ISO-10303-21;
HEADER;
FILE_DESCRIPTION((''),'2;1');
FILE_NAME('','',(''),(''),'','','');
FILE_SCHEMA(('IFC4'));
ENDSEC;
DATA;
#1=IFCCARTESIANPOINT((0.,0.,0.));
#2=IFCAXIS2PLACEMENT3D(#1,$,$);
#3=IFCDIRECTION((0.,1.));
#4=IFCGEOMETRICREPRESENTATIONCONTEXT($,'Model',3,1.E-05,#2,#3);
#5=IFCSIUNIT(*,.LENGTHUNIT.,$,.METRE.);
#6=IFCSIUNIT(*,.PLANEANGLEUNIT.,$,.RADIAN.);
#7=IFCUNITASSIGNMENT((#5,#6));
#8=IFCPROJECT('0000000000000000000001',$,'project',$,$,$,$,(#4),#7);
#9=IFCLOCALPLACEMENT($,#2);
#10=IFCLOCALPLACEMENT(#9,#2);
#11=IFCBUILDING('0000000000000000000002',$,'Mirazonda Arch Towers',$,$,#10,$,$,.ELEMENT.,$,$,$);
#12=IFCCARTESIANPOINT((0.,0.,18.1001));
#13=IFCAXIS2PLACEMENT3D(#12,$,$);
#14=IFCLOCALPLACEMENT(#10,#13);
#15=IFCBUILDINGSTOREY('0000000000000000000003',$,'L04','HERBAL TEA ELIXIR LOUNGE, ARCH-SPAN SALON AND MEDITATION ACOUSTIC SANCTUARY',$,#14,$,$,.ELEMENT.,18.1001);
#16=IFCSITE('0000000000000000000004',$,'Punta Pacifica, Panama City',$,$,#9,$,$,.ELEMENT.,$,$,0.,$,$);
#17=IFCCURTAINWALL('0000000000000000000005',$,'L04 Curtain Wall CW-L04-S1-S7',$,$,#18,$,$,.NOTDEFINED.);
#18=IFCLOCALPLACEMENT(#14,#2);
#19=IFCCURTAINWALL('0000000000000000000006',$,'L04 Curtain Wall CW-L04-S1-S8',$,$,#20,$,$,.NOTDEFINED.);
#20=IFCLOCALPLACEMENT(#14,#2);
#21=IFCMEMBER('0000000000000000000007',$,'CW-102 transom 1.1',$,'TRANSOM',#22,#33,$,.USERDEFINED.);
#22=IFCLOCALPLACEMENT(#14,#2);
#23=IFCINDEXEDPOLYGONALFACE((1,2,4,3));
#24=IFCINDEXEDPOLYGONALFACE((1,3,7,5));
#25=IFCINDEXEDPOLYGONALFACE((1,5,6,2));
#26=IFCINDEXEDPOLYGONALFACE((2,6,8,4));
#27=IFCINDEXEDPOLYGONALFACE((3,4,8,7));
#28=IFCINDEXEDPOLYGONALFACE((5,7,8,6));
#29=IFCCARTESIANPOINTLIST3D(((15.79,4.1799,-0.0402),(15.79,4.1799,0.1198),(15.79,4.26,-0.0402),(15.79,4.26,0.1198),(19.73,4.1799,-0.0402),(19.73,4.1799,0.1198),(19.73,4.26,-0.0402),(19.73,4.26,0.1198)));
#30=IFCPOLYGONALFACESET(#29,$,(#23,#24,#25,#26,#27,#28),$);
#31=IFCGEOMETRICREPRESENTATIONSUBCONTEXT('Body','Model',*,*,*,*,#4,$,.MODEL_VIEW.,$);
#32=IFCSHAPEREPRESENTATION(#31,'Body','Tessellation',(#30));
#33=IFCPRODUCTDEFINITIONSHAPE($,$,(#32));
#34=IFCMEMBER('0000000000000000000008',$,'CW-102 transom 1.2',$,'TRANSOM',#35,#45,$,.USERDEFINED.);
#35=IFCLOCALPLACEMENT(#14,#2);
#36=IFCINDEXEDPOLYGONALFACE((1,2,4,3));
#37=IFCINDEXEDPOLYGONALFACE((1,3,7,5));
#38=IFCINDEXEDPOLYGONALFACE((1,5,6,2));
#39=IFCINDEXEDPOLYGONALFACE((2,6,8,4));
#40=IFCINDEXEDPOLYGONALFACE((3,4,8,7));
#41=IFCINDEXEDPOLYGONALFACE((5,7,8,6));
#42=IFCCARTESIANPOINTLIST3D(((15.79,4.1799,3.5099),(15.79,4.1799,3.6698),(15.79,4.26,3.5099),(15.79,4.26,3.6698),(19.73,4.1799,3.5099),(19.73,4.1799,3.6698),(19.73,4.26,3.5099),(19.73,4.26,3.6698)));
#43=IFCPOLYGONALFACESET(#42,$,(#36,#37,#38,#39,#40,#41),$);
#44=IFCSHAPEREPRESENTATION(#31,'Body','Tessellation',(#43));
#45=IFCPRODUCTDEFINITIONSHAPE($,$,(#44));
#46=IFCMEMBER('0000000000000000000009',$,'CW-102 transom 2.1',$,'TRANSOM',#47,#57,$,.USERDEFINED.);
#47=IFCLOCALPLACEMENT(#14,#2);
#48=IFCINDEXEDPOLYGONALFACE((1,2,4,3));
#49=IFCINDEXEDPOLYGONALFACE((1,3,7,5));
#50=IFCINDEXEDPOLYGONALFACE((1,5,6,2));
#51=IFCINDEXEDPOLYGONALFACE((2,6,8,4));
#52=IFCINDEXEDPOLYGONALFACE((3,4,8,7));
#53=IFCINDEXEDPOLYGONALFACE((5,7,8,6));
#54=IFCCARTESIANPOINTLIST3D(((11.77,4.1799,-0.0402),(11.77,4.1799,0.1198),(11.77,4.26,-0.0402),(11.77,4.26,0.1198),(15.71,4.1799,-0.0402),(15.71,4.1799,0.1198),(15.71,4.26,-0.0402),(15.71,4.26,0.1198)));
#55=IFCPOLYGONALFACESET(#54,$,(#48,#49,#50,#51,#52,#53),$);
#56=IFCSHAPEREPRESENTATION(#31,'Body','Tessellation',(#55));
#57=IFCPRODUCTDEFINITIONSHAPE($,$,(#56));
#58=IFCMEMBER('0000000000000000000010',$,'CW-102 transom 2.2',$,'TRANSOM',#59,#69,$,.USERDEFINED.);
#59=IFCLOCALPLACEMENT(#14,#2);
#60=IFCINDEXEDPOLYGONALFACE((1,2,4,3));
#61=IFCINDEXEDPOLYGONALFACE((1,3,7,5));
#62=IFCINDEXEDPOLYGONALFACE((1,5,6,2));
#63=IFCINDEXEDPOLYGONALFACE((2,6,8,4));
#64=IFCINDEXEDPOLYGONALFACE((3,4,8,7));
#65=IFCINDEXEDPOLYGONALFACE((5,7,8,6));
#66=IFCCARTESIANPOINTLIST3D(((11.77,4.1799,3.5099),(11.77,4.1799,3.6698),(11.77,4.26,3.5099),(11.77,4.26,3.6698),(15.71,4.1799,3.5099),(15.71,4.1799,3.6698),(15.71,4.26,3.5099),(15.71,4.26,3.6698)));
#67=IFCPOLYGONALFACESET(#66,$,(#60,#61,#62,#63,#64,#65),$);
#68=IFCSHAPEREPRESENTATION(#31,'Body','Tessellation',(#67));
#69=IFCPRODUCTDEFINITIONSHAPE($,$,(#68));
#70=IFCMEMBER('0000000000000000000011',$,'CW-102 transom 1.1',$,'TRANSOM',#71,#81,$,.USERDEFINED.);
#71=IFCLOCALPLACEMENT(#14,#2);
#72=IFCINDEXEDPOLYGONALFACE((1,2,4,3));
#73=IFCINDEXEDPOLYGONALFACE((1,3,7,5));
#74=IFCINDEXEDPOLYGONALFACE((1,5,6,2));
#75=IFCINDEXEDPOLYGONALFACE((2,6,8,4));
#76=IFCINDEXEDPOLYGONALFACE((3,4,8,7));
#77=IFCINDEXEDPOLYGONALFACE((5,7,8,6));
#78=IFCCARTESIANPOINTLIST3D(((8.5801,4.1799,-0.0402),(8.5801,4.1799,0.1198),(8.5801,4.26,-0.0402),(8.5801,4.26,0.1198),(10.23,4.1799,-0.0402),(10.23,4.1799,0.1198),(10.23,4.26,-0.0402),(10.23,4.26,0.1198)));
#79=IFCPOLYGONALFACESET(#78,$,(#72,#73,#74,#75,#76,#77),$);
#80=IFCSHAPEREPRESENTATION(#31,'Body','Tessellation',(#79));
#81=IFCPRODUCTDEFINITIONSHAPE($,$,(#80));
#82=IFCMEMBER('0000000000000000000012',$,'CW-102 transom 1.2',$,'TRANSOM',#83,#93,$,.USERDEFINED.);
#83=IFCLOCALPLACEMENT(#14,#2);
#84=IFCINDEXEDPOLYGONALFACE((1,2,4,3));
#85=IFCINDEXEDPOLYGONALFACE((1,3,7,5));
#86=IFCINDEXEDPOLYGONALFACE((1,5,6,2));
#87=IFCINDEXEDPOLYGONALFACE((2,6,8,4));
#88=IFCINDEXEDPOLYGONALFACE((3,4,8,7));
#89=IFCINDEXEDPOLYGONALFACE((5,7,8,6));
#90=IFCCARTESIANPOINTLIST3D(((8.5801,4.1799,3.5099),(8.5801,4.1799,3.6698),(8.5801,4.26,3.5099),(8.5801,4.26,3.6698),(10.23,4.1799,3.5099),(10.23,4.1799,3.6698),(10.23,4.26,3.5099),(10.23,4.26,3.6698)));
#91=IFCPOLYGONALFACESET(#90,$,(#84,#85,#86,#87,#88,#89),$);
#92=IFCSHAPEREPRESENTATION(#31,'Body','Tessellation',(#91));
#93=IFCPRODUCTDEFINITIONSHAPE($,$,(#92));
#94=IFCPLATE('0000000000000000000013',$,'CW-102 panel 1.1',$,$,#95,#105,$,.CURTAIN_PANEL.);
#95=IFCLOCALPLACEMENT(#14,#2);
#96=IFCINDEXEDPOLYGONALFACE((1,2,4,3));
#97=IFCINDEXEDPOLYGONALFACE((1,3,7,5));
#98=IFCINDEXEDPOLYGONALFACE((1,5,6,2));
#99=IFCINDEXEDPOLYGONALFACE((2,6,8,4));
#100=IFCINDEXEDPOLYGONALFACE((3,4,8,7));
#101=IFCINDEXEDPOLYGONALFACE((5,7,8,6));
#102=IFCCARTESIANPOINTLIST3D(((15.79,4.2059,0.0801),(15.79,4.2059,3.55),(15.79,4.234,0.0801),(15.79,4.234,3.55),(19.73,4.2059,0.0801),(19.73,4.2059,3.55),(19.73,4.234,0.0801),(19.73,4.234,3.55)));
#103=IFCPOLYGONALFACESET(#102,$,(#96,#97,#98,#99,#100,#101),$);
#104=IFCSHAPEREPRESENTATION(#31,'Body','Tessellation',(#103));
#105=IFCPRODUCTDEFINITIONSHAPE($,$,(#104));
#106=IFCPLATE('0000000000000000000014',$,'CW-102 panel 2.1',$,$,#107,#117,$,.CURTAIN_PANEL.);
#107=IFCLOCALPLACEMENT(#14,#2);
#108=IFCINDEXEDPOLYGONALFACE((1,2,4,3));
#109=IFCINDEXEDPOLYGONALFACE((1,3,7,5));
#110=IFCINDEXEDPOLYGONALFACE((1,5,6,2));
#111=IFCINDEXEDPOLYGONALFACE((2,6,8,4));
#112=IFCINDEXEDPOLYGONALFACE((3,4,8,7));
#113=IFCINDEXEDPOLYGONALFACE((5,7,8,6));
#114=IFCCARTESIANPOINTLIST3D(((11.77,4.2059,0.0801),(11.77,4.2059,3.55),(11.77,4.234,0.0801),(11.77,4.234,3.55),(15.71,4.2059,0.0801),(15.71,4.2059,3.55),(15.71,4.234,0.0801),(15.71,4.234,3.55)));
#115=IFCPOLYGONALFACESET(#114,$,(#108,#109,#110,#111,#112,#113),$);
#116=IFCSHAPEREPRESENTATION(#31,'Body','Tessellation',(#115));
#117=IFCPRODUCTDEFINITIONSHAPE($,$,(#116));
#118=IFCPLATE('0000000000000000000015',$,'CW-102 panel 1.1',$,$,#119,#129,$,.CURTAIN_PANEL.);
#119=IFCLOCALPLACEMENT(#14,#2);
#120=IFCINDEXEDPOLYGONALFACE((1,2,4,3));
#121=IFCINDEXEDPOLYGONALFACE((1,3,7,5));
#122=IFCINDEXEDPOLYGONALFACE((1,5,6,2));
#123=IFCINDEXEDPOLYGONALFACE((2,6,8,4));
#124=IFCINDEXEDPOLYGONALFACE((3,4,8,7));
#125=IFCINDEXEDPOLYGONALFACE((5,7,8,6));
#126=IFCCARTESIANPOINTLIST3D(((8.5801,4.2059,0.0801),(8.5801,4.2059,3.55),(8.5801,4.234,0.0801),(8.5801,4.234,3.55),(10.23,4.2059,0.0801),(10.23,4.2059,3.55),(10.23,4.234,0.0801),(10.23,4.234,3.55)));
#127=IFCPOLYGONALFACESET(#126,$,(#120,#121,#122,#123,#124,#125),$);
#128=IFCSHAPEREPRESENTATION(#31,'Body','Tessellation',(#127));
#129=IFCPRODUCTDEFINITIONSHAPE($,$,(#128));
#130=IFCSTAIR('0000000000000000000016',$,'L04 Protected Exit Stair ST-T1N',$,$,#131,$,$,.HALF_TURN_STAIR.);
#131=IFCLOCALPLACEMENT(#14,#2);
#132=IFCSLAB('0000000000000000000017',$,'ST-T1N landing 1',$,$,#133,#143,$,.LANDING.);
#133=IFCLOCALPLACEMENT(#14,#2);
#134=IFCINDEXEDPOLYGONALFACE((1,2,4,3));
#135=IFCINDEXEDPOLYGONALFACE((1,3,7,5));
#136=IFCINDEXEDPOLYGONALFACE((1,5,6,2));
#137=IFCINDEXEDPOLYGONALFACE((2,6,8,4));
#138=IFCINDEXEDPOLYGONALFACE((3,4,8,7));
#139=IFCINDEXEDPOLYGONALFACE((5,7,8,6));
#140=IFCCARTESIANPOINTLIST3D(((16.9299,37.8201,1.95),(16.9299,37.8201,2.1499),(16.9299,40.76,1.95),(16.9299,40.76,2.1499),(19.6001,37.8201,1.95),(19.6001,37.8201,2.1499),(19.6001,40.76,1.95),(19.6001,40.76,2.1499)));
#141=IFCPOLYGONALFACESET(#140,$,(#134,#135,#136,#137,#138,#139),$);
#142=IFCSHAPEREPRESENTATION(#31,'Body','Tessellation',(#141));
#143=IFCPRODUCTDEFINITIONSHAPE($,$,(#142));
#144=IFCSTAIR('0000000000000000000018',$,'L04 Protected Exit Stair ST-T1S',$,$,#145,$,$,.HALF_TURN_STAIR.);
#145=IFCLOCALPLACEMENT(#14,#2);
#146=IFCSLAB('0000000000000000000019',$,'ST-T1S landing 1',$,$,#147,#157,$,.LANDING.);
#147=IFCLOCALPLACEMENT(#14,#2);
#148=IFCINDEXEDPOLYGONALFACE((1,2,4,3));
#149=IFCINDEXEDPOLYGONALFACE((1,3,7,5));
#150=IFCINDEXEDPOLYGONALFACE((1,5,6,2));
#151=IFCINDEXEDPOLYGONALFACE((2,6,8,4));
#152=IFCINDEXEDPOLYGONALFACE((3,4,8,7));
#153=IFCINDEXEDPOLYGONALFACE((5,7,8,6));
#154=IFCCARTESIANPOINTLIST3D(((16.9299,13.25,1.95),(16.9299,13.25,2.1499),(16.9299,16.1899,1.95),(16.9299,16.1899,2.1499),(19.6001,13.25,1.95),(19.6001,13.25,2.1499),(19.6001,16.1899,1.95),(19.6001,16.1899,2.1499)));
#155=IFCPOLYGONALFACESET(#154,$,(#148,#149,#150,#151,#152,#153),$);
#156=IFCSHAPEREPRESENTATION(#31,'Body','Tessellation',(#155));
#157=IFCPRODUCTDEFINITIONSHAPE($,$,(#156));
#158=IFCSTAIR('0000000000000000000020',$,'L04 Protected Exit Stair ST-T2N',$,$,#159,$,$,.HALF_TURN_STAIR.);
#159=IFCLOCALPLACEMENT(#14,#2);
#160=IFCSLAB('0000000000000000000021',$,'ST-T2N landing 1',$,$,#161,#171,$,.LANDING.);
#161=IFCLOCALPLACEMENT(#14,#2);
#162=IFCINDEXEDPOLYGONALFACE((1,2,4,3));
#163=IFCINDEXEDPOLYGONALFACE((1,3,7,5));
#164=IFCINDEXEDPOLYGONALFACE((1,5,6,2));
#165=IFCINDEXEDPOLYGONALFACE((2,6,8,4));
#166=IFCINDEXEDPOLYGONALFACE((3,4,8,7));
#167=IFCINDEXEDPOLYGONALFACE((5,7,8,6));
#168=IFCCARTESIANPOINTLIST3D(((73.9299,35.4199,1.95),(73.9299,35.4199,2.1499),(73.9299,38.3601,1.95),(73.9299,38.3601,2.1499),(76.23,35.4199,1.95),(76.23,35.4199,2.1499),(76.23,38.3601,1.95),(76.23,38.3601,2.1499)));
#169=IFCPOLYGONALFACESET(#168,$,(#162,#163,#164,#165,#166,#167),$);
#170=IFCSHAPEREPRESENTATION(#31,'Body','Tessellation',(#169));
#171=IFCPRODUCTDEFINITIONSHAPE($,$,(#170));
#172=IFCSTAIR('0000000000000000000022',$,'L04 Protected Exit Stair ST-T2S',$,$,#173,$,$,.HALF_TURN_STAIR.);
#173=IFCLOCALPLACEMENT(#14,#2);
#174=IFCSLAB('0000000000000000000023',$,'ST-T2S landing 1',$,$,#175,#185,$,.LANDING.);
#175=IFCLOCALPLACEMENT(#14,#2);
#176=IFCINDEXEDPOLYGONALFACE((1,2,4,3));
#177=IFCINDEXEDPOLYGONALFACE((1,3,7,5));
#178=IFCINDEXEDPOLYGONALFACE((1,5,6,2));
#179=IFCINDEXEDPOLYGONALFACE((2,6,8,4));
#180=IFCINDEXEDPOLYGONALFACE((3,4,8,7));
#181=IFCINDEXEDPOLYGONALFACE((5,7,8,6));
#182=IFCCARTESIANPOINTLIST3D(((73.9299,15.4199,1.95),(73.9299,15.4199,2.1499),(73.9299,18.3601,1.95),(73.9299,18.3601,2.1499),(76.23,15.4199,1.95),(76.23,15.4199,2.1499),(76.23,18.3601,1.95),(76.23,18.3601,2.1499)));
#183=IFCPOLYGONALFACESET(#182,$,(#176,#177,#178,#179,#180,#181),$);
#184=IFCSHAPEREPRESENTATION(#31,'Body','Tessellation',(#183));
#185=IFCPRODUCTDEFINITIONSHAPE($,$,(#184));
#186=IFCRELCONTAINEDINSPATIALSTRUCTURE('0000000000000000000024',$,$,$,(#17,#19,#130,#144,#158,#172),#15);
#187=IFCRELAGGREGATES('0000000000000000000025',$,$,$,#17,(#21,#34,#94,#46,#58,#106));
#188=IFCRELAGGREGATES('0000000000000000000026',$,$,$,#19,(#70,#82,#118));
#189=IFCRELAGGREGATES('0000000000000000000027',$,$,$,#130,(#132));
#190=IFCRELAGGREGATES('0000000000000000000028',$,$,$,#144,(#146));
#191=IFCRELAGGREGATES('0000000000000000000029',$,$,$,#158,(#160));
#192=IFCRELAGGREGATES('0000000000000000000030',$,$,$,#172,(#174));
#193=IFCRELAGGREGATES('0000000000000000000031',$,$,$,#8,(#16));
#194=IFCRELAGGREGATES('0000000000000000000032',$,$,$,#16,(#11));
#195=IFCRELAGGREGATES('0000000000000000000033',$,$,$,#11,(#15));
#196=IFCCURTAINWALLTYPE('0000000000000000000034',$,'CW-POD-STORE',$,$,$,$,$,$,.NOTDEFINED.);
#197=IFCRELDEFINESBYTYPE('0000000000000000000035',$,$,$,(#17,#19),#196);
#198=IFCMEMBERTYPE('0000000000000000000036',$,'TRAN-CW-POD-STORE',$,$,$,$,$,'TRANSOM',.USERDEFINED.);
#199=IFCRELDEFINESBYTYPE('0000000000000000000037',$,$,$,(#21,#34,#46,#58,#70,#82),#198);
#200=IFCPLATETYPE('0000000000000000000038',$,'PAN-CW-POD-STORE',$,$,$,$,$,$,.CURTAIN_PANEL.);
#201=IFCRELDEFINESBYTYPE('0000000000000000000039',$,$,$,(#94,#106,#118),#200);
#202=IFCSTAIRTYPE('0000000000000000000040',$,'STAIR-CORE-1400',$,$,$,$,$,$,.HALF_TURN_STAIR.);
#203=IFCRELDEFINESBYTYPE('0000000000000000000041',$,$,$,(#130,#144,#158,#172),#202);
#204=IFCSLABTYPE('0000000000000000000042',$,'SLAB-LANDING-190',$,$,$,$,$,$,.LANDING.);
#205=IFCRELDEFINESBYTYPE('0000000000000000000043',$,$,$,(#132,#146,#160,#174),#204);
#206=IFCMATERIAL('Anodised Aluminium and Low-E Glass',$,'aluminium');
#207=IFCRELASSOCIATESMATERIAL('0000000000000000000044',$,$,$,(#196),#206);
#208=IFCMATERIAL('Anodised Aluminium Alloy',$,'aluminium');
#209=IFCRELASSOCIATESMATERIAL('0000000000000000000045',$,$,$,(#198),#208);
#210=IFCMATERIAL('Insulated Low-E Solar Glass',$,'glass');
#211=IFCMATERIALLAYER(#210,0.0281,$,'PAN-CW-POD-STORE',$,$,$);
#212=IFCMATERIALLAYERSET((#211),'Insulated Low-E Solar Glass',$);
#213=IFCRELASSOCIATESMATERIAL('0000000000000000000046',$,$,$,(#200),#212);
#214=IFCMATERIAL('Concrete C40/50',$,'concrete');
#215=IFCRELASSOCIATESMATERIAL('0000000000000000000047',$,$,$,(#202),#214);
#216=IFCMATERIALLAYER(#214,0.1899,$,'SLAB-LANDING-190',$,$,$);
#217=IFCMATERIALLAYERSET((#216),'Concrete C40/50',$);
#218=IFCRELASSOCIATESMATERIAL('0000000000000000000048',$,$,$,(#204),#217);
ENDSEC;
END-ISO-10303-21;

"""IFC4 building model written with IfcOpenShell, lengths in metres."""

from ifc_helpers import new_model, si_unit, direction, frame, origin, origin_2d, place, context, subcontext, project, spatial, polyline, rectangle, outline, extrude, material, layer, layer_set, material_profile, profile_set, type_object, element, aggregate, save


model = new_model("IFC4")

# Units and contexts
model_context = context("Model", 3, precision=1e-05, world=origin(), true_north=direction((0.0, 1.0)))
body_context = subcontext(model_context, "Body", "Model", "MODEL_VIEW")
ifc_project = project(units=[si_unit("LENGTHUNIT", "METRE"), si_unit("PLANEANGLEUNIT", "RADIAN")], contexts=[model_context])

# Site, building, storey
site_placement = place(None, origin())
site = spatial("IfcSite", under=ifc_project, at=site_placement, Name="Punta Pacifica, Panama City", CompositionType="ELEMENT", RefElevation=0.0)
building_placement = place(site_placement, origin())
building = spatial("IfcBuilding", under=site, at=building_placement, Name="Mirazonda Arch Towers", CompositionType="ELEMENT")
storey_placement = place(building_placement, frame((0.0, 0.0, 18.1001)))
storey = spatial("IfcBuildingStorey", under=building, at=storey_placement, Name="L04", Description="HERBAL TEA ELIXIR LOUNGE, ARCH-SPAN SALON AND MEDITATION ACOUSTIC SANCTUARY", CompositionType="ELEMENT", Elevation=18.1001)

# Curtain walls
ifc_material_1 = material(Name="Anodised Aluminium and Low-E Glass", Category="aluminium")
curtain_wall_type = type_object("IfcCurtainWallType", Name="CW-POD-STORE", PredefinedType="NOTDEFINED", material=ifc_material_1)
curtain_wall_1_placement = place(storey_placement, origin())
curtain_wall_1 = element("IfcCurtainWall", 1, at=curtain_wall_1_placement, inside=storey, type_object=curtain_wall_type, Name="L04 Curtain Wall CW-L04-S1-S7", PredefinedType="NOTDEFINED")
ifc_material_2 = material(Name="Anodised Aluminium Alloy", Category="aluminium")
curtain_wall_2_placement = place(storey_placement, origin())
curtain_wall_2 = element("IfcCurtainWall", 2, at=curtain_wall_2_placement, inside=storey, type_object=curtain_wall_type, Name="L04 Curtain Wall CW-L04-S1-S8", PredefinedType="NOTDEFINED")

# Members
ifc_material_profile_1 = material_profile(ifc_material_2, rectangle(XDim=0.0801, YDim=0.1599, at=origin_2d()), Name="ALU-TRAN-80x160")
ifc_profile_set_1 = profile_set([ifc_material_profile_1], Name="Anodised Aluminium Alloy")
member_type_1 = type_object("IfcMemberType", Name="TRAN-CW-POD-STORE", ElementType="TRANSOM", PredefinedType="USERDEFINED", material=ifc_profile_set_1)
member_1_placement = place(storey_placement, frame((19.73, 4.22, 0.0398), z_axis=(-1.0, 0.0, 0.0), x_axis=(0.0, -1.0, 0.0)))
member_1 = element("IfcMember", 3, at=member_1_placement, type_object=member_type_1, Name="CW-102 transom 1.1", ObjectType="TRANSOM", PredefinedType="USERDEFINED", context=body_context, shape_type="SweptSolid", body=[
    extrude(rectangle(XDim=0.0801, YDim=0.1599, at=origin_2d()), origin(), (0.0, 0.0, 1.0), 3.9399),
])
member_2_placement = place(storey_placement, frame((19.73, 4.22, 3.5898), z_axis=(-1.0, 0.0, 0.0), x_axis=(0.0, -1.0, 0.0)))
member_2 = element("IfcMember", 4, at=member_2_placement, type_object=member_type_1, Name="CW-102 transom 1.2", ObjectType="TRANSOM", PredefinedType="USERDEFINED", context=body_context, shape_type="SweptSolid", body=[
    extrude(rectangle(XDim=0.0801, YDim=0.1599, at=origin_2d()), origin(), (0.0, 0.0, 1.0), 3.9399),
])
member_3_placement = place(storey_placement, frame((15.71, 4.22, 0.0398), z_axis=(-1.0, 0.0, 0.0), x_axis=(0.0, -1.0, 0.0)))
member_3 = element("IfcMember", 5, at=member_3_placement, type_object=member_type_1, Name="CW-102 transom 2.1", ObjectType="TRANSOM", PredefinedType="USERDEFINED", context=body_context, shape_type="SweptSolid", body=[
    extrude(rectangle(XDim=0.0801, YDim=0.1599, at=origin_2d()), origin(), (0.0, 0.0, 1.0), 3.9399),
])
member_4_placement = place(storey_placement, frame((15.71, 4.22, 3.5898), z_axis=(-1.0, 0.0, 0.0), x_axis=(0.0, -1.0, 0.0)))
member_4 = element("IfcMember", 6, at=member_4_placement, type_object=member_type_1, Name="CW-102 transom 2.2", ObjectType="TRANSOM", PredefinedType="USERDEFINED", context=body_context, shape_type="SweptSolid", body=[
    extrude(rectangle(XDim=0.0801, YDim=0.1599, at=origin_2d()), origin(), (0.0, 0.0, 1.0), 3.9399),
])
member_5_placement = place(storey_placement, frame((10.23, 4.22, 0.0398), z_axis=(-1.0, 0.0, 0.0), x_axis=(0.0, -1.0, 0.0)))
member_5 = element("IfcMember", 7, at=member_5_placement, type_object=member_type_1, Name="CW-102 transom 1.1", ObjectType="TRANSOM", PredefinedType="USERDEFINED", context=body_context, shape_type="SweptSolid", body=[
    extrude(rectangle(XDim=0.0801, YDim=0.1599, at=origin_2d()), origin(), (0.0, 0.0, 1.0), 1.6499),
])
member_6_placement = place(storey_placement, frame((10.23, 4.22, 3.5898), z_axis=(-1.0, 0.0, 0.0), x_axis=(0.0, -1.0, 0.0)))
member_6 = element("IfcMember", 8, at=member_6_placement, type_object=member_type_1, Name="CW-102 transom 1.2", ObjectType="TRANSOM", PredefinedType="USERDEFINED", context=body_context, shape_type="SweptSolid", body=[
    extrude(rectangle(XDim=0.0801, YDim=0.1599, at=origin_2d()), origin(), (0.0, 0.0, 1.0), 1.6499),
])

# Plates
ifc_material_3 = material(Name="Insulated Low-E Solar Glass", Category="glass")
ifc_layer_1 = layer(ifc_material_3, 0.0281, Name="PAN-CW-POD-STORE")
ifc_layer_set_1 = layer_set([ifc_layer_1], Name="Insulated Low-E Solar Glass")
plate_type = type_object("IfcPlateType", Name="PAN-CW-POD-STORE", PredefinedType="CURTAIN_PANEL", material=ifc_layer_set_1)
plate_1_placement = place(storey_placement, frame((17.76, 4.22, 0.0801), z_axis=(0.0, 0.0, 1.0), x_axis=(-1.0, 0.0, 0.0)))
plate_1 = element("IfcPlate", 9, at=plate_1_placement, type_object=plate_type, Name="CW-102 panel 1.1", PredefinedType="CURTAIN_PANEL", context=body_context, shape_type="SweptSolid", body=[
    extrude(rectangle(XDim=3.9399, YDim=0.0281, at=origin_2d()), origin(), (0.0, 0.0, 1.0), 3.47),
])
plate_2_placement = place(storey_placement, frame((13.74, 4.22, 0.0801), z_axis=(0.0, 0.0, 1.0), x_axis=(-1.0, 0.0, 0.0)))
plate_2 = element("IfcPlate", 10, at=plate_2_placement, type_object=plate_type, Name="CW-102 panel 2.1", PredefinedType="CURTAIN_PANEL", context=body_context, shape_type="SweptSolid", body=[
    extrude(rectangle(XDim=3.9399, YDim=0.0281, at=origin_2d()), origin(), (0.0, 0.0, 1.0), 3.47),
])
aggregate(curtain_wall_1, [member_1, member_2, plate_1, member_3, member_4, plate_2])
plate_3_placement = place(storey_placement, frame((9.405, 4.22, 0.0801), z_axis=(0.0, 0.0, 1.0), x_axis=(-1.0, 0.0, 0.0)))
plate_3 = element("IfcPlate", 11, at=plate_3_placement, type_object=plate_type, Name="CW-102 panel 1.1", PredefinedType="CURTAIN_PANEL", context=body_context, shape_type="SweptSolid", body=[
    extrude(rectangle(XDim=1.6499, YDim=0.0281, at=origin_2d()), origin(), (0.0, 0.0, 1.0), 3.47),
])
aggregate(curtain_wall_2, [member_5, member_6, plate_3])

# Stairs, slabs
ifc_material_4 = material(Name="Concrete C40/50", Category="concrete")
stair_type = type_object("IfcStairType", Name="STAIR-CORE-1400", PredefinedType="HALF_TURN_STAIR", material=ifc_material_4)
stair_1_placement = place(storey_placement, origin())
stair_1 = element("IfcStair", 12, at=stair_1_placement, inside=storey, type_object=stair_type, Name="L04 Protected Exit Stair ST-T1N", PredefinedType="HALF_TURN_STAIR")
ifc_layer_2 = layer(ifc_material_4, 0.1899, Name="SLAB-LANDING-190")
ifc_layer_set_2 = layer_set([ifc_layer_2], Name="Concrete C40/50")
slab_type_1 = type_object("IfcSlabType", Name="SLAB-LANDING-190", PredefinedType="LANDING", material=ifc_layer_set_2)
slab_1_placement = place(storey_placement, frame((0.0, 0.0, 1.95)))
slab_1 = element("IfcSlab", 13, at=slab_1_placement, type_object=slab_type_1, Name="ST-T1N landing 1", PredefinedType="LANDING", context=body_context, shape_type="SweptSolid", body=[
    extrude(outline(polyline([(16.9299, 37.8201), (19.6001, 37.8201), (19.6001, 40.76), (16.9299, 40.76), (16.9299, 37.8201)])), origin(), (0.0, 0.0, 1.0), 0.2),
])
aggregate(stair_1, [slab_1])
stair_2_placement = place(storey_placement, origin())
stair_2 = element("IfcStair", 14, at=stair_2_placement, inside=storey, type_object=stair_type, Name="L04 Protected Exit Stair ST-T1S", PredefinedType="HALF_TURN_STAIR")
slab_2_placement = place(storey_placement, frame((0.0, 0.0, 1.95)))
slab_2 = element("IfcSlab", 15, at=slab_2_placement, type_object=slab_type_1, Name="ST-T1S landing 1", PredefinedType="LANDING", context=body_context, shape_type="SweptSolid", body=[
    extrude(outline(polyline([(16.9299, 13.25), (19.6001, 13.25), (19.6001, 16.1899), (16.9299, 16.1899), (16.9299, 13.25)])), origin(), (0.0, 0.0, 1.0), 0.2),
])
aggregate(stair_2, [slab_2])
stair_3_placement = place(storey_placement, origin())
stair_3 = element("IfcStair", 16, at=stair_3_placement, inside=storey, type_object=stair_type, Name="L04 Protected Exit Stair ST-T2N", PredefinedType="HALF_TURN_STAIR")
slab_3_placement = place(storey_placement, frame((0.0, 0.0, 1.95)))
slab_3 = element("IfcSlab", 17, at=slab_3_placement, type_object=slab_type_1, Name="ST-T2N landing 1", PredefinedType="LANDING", context=body_context, shape_type="SweptSolid", body=[
    extrude(outline(polyline([(73.9299, 35.4199), (76.23, 35.4199), (76.23, 38.3601), (73.9299, 38.3601), (73.9299, 35.4199)])), origin(), (0.0, 0.0, 1.0), 0.2),
])
aggregate(stair_3, [slab_3])
stair_4_placement = place(storey_placement, origin())
stair_4 = element("IfcStair", 18, at=stair_4_placement, inside=storey, type_object=stair_type, Name="L04 Protected Exit Stair ST-T2S", PredefinedType="HALF_TURN_STAIR")
slab_4_placement = place(storey_placement, frame((0.0, 0.0, 1.95)))
slab_4 = element("IfcSlab", 19, at=slab_4_placement, type_object=slab_type_1, Name="ST-T2S landing 1", PredefinedType="LANDING", context=body_context, shape_type="SweptSolid", body=[
    extrude(outline(polyline([(73.9299, 15.4199), (76.23, 15.4199), (76.23, 18.3601), (73.9299, 18.3601), (73.9299, 15.4199)])), origin(), (0.0, 0.0, 1.0), 0.2),
])
aggregate(stair_4, [slab_4])

save(model, "model.ifc")
